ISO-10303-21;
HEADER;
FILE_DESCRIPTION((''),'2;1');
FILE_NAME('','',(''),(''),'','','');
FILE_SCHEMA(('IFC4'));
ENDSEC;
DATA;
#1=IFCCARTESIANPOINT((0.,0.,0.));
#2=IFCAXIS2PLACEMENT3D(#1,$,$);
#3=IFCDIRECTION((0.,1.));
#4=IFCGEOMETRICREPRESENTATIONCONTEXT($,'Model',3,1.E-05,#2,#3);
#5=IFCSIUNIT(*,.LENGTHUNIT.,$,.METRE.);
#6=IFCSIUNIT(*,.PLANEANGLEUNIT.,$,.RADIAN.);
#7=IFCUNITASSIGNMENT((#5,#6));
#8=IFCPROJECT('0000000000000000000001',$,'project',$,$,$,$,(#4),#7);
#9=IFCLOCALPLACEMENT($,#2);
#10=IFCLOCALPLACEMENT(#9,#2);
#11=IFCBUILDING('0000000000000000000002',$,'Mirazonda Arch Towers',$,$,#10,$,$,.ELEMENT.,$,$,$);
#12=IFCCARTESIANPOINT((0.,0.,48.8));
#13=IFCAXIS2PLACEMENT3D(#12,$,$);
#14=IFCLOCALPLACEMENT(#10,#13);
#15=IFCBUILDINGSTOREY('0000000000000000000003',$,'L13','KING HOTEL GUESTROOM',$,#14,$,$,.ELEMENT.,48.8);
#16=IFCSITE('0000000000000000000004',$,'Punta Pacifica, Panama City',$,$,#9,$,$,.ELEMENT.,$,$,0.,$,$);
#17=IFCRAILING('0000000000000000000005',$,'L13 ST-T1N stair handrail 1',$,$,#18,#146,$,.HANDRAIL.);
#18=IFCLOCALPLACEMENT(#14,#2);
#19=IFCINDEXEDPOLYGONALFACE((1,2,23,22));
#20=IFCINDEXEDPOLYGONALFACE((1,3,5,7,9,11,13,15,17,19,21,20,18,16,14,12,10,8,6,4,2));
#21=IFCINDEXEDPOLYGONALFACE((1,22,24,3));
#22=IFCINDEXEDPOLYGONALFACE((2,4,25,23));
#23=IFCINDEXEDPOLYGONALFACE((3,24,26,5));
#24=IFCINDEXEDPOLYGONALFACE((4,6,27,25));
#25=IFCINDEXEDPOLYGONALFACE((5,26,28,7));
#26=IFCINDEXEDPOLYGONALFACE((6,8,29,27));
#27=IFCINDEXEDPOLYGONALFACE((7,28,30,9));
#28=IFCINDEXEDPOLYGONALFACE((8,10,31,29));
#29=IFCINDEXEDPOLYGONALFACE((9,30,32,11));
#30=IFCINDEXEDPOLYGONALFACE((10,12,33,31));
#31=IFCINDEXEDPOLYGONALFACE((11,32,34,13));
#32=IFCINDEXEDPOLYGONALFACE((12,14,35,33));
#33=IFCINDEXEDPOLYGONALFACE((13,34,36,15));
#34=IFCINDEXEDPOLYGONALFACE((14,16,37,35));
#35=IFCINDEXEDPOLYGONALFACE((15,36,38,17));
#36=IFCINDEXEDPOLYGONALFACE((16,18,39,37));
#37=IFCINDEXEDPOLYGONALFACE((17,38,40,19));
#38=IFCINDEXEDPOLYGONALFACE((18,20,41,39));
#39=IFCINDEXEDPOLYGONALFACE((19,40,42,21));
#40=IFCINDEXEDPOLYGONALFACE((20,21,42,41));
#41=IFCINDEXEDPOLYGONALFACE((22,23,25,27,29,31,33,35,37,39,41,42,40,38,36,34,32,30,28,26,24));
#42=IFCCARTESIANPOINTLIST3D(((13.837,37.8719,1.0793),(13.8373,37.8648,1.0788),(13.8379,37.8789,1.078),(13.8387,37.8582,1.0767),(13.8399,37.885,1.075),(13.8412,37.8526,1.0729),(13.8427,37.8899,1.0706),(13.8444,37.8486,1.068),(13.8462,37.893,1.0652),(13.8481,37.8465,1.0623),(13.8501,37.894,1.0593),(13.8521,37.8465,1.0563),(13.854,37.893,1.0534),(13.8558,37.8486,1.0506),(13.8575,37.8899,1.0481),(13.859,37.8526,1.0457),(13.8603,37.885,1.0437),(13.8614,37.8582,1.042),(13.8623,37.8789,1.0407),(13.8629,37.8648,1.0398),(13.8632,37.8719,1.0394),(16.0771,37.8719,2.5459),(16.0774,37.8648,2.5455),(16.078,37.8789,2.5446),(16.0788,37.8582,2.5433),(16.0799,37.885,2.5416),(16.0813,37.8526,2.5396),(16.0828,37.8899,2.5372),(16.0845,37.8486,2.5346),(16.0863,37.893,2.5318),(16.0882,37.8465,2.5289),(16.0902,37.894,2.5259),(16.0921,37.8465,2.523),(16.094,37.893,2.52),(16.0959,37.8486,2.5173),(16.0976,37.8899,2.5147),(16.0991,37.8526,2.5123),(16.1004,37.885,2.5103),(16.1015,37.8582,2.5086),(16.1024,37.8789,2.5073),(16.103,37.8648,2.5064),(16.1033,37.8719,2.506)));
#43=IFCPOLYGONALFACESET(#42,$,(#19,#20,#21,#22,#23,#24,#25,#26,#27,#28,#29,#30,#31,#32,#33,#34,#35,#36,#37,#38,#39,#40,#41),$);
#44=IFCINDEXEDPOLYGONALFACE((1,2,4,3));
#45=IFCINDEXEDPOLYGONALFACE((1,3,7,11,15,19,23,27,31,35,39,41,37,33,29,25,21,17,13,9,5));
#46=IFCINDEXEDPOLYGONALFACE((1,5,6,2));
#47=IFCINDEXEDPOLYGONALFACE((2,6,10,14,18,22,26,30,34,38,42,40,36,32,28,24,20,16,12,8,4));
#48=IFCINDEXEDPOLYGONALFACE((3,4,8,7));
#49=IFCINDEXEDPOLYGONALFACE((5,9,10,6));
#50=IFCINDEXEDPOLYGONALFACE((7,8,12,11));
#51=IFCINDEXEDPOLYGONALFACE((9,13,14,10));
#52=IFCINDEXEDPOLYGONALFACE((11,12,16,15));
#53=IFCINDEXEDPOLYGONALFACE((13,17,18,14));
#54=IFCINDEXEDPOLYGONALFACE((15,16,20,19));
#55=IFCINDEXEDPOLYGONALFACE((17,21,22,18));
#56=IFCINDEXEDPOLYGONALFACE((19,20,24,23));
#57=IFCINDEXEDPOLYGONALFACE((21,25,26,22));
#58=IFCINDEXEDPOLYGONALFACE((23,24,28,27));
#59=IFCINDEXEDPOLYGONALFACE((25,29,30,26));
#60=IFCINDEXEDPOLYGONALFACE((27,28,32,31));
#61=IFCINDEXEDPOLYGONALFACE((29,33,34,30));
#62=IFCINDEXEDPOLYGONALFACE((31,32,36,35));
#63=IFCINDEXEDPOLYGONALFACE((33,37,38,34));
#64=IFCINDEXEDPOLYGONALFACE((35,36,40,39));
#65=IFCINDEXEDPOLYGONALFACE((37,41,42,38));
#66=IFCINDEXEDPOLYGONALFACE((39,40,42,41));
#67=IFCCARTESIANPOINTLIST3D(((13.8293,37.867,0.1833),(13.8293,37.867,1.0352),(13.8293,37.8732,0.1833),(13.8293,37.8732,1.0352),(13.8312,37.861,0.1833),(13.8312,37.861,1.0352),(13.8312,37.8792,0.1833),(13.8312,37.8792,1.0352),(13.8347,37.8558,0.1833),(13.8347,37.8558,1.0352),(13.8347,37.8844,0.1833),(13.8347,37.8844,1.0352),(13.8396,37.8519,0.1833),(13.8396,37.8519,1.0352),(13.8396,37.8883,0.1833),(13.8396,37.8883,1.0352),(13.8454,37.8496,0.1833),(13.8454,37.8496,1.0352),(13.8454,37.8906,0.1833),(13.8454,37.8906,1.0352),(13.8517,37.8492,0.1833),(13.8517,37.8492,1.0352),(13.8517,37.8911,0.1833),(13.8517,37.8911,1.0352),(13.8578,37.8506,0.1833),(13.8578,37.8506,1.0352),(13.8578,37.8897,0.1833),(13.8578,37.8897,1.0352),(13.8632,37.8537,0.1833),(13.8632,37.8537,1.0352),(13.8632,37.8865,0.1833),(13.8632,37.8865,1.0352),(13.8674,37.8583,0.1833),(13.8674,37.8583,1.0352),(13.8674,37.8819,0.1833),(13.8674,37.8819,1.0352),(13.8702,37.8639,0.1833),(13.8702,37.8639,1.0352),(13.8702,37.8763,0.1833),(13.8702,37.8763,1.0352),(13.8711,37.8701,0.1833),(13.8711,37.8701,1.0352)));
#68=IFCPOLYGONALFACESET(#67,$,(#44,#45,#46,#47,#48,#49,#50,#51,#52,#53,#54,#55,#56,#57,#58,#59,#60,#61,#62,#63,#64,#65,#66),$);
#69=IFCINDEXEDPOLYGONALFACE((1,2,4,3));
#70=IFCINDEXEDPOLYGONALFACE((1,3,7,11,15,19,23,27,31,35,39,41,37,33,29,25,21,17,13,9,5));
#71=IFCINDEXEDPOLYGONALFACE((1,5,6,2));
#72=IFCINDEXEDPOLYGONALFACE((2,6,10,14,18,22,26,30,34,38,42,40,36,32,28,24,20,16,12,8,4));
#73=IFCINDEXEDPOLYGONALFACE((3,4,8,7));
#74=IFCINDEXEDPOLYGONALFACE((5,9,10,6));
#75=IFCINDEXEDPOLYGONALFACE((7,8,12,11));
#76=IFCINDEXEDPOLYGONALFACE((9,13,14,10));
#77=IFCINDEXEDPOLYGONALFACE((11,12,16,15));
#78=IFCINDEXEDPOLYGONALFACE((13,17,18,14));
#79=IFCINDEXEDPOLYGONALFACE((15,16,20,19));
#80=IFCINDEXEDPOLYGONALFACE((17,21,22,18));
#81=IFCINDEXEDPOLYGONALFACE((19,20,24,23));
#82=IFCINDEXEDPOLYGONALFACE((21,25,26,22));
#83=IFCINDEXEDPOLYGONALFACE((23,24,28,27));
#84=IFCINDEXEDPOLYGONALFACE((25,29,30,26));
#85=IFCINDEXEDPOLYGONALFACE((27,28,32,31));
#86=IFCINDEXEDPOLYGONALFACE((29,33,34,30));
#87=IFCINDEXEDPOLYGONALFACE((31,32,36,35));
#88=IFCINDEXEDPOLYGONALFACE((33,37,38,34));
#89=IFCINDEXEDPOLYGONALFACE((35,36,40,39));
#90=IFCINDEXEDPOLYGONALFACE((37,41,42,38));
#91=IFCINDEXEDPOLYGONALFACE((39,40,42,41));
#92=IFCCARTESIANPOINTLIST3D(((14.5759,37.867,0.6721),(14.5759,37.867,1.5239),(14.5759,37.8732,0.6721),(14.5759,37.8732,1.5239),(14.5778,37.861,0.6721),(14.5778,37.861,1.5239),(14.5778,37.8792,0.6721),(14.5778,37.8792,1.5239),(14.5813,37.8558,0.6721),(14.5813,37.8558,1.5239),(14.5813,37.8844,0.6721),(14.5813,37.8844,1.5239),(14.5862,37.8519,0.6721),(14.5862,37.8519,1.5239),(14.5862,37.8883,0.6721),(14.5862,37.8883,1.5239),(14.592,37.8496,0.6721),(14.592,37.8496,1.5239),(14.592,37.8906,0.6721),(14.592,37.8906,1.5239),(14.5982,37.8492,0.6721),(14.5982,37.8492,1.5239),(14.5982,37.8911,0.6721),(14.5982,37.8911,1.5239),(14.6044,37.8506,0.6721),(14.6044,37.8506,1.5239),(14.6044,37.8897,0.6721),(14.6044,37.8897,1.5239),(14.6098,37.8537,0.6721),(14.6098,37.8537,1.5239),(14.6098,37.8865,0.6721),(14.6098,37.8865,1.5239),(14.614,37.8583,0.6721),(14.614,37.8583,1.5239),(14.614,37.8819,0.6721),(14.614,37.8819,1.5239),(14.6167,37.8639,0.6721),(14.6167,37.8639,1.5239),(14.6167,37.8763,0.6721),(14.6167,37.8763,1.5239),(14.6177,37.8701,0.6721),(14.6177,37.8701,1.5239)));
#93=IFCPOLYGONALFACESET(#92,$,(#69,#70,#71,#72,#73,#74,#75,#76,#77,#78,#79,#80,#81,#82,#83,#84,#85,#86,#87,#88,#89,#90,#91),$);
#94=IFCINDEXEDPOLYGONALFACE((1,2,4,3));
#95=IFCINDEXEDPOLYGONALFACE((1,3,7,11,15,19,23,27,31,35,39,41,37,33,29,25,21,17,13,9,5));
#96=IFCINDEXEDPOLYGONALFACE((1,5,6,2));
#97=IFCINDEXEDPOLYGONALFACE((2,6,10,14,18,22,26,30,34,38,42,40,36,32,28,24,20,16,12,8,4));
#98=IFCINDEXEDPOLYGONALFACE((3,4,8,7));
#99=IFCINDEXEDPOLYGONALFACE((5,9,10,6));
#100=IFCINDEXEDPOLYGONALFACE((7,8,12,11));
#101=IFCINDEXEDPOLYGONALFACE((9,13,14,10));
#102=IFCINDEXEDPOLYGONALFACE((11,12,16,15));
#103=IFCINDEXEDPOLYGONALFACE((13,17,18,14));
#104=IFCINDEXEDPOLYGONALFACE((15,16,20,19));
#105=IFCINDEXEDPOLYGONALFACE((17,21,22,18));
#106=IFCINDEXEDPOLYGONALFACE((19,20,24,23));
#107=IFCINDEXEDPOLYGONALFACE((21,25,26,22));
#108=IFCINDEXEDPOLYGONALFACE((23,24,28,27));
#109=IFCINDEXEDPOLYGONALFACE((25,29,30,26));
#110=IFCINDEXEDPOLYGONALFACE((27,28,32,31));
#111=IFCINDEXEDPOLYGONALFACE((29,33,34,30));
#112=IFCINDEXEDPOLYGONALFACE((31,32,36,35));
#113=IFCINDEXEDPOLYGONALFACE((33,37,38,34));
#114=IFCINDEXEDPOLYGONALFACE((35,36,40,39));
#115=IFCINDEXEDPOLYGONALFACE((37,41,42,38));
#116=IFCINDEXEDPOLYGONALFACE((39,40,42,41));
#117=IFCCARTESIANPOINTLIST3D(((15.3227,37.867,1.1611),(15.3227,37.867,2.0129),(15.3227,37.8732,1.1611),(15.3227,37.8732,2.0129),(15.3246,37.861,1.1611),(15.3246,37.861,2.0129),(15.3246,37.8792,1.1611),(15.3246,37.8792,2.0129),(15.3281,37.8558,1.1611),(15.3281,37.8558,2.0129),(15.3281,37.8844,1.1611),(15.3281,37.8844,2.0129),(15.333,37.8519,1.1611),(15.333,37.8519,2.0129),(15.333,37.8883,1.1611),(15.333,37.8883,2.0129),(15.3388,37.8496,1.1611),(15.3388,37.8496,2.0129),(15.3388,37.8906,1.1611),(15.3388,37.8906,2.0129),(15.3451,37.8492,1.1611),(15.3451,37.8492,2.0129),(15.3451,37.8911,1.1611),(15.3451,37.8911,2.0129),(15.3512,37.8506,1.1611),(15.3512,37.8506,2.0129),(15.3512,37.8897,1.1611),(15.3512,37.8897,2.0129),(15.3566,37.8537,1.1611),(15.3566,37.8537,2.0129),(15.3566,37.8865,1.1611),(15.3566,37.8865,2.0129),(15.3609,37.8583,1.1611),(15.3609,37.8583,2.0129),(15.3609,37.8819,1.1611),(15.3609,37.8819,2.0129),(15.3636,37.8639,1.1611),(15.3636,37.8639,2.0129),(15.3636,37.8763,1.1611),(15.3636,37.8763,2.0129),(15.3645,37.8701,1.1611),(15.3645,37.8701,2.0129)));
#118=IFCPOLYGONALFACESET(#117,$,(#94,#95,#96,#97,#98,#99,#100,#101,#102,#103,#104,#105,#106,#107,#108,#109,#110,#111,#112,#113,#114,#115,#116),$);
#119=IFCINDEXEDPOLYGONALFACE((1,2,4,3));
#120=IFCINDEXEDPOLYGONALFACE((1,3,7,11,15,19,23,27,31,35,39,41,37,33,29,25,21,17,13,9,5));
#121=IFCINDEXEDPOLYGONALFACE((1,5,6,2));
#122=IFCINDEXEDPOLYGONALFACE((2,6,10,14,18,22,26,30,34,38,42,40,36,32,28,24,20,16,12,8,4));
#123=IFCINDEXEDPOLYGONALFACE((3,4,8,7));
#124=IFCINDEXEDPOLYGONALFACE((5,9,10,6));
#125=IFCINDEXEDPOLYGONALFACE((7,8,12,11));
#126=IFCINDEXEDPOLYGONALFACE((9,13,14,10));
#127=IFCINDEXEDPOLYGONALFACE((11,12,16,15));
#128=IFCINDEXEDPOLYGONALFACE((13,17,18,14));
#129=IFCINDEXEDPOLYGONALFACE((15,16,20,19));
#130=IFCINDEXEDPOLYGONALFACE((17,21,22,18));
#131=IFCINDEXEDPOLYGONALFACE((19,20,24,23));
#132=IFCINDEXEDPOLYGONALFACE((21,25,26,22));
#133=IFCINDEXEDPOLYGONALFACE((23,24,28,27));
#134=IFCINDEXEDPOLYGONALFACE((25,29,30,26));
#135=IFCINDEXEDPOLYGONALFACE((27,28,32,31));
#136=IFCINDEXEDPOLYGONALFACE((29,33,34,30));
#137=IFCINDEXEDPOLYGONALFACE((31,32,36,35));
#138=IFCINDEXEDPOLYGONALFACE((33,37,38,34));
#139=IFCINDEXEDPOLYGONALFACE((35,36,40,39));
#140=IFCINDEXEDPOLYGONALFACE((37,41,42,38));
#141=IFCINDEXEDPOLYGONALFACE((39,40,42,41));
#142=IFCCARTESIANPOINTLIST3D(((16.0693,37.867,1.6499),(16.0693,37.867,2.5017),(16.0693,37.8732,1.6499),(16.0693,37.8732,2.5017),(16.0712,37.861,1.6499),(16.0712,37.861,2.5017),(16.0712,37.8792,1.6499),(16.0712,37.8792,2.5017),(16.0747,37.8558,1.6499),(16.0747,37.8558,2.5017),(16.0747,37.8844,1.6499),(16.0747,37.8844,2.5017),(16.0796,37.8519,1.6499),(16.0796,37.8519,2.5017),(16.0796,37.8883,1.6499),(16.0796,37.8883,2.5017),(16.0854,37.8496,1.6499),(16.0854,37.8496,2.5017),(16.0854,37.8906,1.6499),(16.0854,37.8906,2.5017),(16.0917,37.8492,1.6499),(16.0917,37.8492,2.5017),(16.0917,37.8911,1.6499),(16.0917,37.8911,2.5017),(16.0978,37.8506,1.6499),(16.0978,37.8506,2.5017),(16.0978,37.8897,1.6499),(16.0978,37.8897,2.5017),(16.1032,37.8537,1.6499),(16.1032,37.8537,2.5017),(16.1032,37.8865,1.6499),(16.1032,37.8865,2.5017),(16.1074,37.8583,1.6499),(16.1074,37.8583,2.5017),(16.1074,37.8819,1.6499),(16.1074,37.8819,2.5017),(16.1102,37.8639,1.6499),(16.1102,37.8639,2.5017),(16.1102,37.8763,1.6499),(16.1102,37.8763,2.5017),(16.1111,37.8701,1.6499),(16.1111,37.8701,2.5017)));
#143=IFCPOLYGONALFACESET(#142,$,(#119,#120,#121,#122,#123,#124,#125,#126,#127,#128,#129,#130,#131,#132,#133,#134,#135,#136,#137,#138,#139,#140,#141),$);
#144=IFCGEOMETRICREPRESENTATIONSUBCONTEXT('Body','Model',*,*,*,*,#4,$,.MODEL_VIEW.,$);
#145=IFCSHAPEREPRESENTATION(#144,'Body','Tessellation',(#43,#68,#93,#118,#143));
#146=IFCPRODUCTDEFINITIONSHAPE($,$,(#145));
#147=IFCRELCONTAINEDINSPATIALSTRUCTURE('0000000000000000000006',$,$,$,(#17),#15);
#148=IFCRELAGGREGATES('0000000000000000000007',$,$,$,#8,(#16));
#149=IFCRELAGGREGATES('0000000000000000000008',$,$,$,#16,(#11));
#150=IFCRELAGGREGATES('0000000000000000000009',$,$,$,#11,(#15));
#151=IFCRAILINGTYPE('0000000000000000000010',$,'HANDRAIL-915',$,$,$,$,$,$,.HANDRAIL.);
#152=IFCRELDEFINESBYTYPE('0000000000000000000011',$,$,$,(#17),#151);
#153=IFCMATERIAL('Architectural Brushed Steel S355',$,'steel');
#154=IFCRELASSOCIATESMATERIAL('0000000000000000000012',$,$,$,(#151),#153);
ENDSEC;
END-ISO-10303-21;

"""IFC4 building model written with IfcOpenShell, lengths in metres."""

from ifc_helpers import new_model, si_unit, direction, frame, origin, origin_2d, place, context, subcontext, project, spatial, circle, extrude, material, type_object, element, save


model = new_model("IFC4")

# Units and contexts
model_context = context("Model", 3, precision=1e-05, world=origin(), true_north=direction((0.0, 1.0)))
body_context = subcontext(model_context, "Body", "Model", "MODEL_VIEW")
ifc_project = project(units=[si_unit("LENGTHUNIT", "METRE"), si_unit("PLANEANGLEUNIT", "RADIAN")], contexts=[model_context])

# Site, building, storey
site_placement = place(None, origin())
site = spatial("IfcSite", under=ifc_project, at=site_placement, Name="Punta Pacifica, Panama City", CompositionType="ELEMENT", RefElevation=0.0)
building_placement = place(site_placement, origin())
building = spatial("IfcBuilding", under=site, at=building_placement, Name="Mirazonda Arch Towers", CompositionType="ELEMENT")
storey_placement = place(building_placement, frame((0.0, 0.0, 48.8)))
storey = spatial("IfcBuildingStorey", under=building, at=storey_placement, Name="L13", Description="KING HOTEL GUESTROOM", CompositionType="ELEMENT", Elevation=48.8)

# Shared definitions
ifc_material_1 = material(Name="Architectural Brushed Steel S355", Category="steel")

# Railing
railing_type_1 = type_object("IfcRailingType", Name="HANDRAIL-915", PredefinedType="HANDRAIL", material=ifc_material_1)
railing_1_placement = place(storey_placement, frame((13.8501, 37.8701, 0.1833)))
element("IfcRailing", 1, at=railing_1_placement, inside=storey, type_object=railing_type_1, Name="L13 ST-T1N stair handrail 1", PredefinedType="HANDRAIL", context=body_context, shape_type="SweptSolid", body=[
    extrude(circle(Radius=0.0239, at=origin_2d()), frame((0.0, 0.0, 0.876), z_axis=(0.836637, 0.0, 0.547758), x_axis=(0.0, 1.0, 0.0)), (0.0, 0.0, 1.0), 2.6775),
    extrude(circle(Radius=0.021, at=origin_2d()), origin(), (0.0, 0.0, 1.0), 0.8518),
    extrude(circle(Radius=0.021, at=origin_2d()), frame((0.7466, 0.0, 0.4888)), (0.0, 0.0, 1.0), 0.8518),
    extrude(circle(Radius=0.021, at=origin_2d()), frame((1.4934, 0.0, 0.9778)), (0.0, 0.0, 1.0), 0.8518),
    extrude(circle(Radius=0.021, at=origin_2d()), frame((2.24, 0.0, 1.4666)), (0.0, 0.0, 1.0), 0.8518),
])

save(model, "model.ifc")
